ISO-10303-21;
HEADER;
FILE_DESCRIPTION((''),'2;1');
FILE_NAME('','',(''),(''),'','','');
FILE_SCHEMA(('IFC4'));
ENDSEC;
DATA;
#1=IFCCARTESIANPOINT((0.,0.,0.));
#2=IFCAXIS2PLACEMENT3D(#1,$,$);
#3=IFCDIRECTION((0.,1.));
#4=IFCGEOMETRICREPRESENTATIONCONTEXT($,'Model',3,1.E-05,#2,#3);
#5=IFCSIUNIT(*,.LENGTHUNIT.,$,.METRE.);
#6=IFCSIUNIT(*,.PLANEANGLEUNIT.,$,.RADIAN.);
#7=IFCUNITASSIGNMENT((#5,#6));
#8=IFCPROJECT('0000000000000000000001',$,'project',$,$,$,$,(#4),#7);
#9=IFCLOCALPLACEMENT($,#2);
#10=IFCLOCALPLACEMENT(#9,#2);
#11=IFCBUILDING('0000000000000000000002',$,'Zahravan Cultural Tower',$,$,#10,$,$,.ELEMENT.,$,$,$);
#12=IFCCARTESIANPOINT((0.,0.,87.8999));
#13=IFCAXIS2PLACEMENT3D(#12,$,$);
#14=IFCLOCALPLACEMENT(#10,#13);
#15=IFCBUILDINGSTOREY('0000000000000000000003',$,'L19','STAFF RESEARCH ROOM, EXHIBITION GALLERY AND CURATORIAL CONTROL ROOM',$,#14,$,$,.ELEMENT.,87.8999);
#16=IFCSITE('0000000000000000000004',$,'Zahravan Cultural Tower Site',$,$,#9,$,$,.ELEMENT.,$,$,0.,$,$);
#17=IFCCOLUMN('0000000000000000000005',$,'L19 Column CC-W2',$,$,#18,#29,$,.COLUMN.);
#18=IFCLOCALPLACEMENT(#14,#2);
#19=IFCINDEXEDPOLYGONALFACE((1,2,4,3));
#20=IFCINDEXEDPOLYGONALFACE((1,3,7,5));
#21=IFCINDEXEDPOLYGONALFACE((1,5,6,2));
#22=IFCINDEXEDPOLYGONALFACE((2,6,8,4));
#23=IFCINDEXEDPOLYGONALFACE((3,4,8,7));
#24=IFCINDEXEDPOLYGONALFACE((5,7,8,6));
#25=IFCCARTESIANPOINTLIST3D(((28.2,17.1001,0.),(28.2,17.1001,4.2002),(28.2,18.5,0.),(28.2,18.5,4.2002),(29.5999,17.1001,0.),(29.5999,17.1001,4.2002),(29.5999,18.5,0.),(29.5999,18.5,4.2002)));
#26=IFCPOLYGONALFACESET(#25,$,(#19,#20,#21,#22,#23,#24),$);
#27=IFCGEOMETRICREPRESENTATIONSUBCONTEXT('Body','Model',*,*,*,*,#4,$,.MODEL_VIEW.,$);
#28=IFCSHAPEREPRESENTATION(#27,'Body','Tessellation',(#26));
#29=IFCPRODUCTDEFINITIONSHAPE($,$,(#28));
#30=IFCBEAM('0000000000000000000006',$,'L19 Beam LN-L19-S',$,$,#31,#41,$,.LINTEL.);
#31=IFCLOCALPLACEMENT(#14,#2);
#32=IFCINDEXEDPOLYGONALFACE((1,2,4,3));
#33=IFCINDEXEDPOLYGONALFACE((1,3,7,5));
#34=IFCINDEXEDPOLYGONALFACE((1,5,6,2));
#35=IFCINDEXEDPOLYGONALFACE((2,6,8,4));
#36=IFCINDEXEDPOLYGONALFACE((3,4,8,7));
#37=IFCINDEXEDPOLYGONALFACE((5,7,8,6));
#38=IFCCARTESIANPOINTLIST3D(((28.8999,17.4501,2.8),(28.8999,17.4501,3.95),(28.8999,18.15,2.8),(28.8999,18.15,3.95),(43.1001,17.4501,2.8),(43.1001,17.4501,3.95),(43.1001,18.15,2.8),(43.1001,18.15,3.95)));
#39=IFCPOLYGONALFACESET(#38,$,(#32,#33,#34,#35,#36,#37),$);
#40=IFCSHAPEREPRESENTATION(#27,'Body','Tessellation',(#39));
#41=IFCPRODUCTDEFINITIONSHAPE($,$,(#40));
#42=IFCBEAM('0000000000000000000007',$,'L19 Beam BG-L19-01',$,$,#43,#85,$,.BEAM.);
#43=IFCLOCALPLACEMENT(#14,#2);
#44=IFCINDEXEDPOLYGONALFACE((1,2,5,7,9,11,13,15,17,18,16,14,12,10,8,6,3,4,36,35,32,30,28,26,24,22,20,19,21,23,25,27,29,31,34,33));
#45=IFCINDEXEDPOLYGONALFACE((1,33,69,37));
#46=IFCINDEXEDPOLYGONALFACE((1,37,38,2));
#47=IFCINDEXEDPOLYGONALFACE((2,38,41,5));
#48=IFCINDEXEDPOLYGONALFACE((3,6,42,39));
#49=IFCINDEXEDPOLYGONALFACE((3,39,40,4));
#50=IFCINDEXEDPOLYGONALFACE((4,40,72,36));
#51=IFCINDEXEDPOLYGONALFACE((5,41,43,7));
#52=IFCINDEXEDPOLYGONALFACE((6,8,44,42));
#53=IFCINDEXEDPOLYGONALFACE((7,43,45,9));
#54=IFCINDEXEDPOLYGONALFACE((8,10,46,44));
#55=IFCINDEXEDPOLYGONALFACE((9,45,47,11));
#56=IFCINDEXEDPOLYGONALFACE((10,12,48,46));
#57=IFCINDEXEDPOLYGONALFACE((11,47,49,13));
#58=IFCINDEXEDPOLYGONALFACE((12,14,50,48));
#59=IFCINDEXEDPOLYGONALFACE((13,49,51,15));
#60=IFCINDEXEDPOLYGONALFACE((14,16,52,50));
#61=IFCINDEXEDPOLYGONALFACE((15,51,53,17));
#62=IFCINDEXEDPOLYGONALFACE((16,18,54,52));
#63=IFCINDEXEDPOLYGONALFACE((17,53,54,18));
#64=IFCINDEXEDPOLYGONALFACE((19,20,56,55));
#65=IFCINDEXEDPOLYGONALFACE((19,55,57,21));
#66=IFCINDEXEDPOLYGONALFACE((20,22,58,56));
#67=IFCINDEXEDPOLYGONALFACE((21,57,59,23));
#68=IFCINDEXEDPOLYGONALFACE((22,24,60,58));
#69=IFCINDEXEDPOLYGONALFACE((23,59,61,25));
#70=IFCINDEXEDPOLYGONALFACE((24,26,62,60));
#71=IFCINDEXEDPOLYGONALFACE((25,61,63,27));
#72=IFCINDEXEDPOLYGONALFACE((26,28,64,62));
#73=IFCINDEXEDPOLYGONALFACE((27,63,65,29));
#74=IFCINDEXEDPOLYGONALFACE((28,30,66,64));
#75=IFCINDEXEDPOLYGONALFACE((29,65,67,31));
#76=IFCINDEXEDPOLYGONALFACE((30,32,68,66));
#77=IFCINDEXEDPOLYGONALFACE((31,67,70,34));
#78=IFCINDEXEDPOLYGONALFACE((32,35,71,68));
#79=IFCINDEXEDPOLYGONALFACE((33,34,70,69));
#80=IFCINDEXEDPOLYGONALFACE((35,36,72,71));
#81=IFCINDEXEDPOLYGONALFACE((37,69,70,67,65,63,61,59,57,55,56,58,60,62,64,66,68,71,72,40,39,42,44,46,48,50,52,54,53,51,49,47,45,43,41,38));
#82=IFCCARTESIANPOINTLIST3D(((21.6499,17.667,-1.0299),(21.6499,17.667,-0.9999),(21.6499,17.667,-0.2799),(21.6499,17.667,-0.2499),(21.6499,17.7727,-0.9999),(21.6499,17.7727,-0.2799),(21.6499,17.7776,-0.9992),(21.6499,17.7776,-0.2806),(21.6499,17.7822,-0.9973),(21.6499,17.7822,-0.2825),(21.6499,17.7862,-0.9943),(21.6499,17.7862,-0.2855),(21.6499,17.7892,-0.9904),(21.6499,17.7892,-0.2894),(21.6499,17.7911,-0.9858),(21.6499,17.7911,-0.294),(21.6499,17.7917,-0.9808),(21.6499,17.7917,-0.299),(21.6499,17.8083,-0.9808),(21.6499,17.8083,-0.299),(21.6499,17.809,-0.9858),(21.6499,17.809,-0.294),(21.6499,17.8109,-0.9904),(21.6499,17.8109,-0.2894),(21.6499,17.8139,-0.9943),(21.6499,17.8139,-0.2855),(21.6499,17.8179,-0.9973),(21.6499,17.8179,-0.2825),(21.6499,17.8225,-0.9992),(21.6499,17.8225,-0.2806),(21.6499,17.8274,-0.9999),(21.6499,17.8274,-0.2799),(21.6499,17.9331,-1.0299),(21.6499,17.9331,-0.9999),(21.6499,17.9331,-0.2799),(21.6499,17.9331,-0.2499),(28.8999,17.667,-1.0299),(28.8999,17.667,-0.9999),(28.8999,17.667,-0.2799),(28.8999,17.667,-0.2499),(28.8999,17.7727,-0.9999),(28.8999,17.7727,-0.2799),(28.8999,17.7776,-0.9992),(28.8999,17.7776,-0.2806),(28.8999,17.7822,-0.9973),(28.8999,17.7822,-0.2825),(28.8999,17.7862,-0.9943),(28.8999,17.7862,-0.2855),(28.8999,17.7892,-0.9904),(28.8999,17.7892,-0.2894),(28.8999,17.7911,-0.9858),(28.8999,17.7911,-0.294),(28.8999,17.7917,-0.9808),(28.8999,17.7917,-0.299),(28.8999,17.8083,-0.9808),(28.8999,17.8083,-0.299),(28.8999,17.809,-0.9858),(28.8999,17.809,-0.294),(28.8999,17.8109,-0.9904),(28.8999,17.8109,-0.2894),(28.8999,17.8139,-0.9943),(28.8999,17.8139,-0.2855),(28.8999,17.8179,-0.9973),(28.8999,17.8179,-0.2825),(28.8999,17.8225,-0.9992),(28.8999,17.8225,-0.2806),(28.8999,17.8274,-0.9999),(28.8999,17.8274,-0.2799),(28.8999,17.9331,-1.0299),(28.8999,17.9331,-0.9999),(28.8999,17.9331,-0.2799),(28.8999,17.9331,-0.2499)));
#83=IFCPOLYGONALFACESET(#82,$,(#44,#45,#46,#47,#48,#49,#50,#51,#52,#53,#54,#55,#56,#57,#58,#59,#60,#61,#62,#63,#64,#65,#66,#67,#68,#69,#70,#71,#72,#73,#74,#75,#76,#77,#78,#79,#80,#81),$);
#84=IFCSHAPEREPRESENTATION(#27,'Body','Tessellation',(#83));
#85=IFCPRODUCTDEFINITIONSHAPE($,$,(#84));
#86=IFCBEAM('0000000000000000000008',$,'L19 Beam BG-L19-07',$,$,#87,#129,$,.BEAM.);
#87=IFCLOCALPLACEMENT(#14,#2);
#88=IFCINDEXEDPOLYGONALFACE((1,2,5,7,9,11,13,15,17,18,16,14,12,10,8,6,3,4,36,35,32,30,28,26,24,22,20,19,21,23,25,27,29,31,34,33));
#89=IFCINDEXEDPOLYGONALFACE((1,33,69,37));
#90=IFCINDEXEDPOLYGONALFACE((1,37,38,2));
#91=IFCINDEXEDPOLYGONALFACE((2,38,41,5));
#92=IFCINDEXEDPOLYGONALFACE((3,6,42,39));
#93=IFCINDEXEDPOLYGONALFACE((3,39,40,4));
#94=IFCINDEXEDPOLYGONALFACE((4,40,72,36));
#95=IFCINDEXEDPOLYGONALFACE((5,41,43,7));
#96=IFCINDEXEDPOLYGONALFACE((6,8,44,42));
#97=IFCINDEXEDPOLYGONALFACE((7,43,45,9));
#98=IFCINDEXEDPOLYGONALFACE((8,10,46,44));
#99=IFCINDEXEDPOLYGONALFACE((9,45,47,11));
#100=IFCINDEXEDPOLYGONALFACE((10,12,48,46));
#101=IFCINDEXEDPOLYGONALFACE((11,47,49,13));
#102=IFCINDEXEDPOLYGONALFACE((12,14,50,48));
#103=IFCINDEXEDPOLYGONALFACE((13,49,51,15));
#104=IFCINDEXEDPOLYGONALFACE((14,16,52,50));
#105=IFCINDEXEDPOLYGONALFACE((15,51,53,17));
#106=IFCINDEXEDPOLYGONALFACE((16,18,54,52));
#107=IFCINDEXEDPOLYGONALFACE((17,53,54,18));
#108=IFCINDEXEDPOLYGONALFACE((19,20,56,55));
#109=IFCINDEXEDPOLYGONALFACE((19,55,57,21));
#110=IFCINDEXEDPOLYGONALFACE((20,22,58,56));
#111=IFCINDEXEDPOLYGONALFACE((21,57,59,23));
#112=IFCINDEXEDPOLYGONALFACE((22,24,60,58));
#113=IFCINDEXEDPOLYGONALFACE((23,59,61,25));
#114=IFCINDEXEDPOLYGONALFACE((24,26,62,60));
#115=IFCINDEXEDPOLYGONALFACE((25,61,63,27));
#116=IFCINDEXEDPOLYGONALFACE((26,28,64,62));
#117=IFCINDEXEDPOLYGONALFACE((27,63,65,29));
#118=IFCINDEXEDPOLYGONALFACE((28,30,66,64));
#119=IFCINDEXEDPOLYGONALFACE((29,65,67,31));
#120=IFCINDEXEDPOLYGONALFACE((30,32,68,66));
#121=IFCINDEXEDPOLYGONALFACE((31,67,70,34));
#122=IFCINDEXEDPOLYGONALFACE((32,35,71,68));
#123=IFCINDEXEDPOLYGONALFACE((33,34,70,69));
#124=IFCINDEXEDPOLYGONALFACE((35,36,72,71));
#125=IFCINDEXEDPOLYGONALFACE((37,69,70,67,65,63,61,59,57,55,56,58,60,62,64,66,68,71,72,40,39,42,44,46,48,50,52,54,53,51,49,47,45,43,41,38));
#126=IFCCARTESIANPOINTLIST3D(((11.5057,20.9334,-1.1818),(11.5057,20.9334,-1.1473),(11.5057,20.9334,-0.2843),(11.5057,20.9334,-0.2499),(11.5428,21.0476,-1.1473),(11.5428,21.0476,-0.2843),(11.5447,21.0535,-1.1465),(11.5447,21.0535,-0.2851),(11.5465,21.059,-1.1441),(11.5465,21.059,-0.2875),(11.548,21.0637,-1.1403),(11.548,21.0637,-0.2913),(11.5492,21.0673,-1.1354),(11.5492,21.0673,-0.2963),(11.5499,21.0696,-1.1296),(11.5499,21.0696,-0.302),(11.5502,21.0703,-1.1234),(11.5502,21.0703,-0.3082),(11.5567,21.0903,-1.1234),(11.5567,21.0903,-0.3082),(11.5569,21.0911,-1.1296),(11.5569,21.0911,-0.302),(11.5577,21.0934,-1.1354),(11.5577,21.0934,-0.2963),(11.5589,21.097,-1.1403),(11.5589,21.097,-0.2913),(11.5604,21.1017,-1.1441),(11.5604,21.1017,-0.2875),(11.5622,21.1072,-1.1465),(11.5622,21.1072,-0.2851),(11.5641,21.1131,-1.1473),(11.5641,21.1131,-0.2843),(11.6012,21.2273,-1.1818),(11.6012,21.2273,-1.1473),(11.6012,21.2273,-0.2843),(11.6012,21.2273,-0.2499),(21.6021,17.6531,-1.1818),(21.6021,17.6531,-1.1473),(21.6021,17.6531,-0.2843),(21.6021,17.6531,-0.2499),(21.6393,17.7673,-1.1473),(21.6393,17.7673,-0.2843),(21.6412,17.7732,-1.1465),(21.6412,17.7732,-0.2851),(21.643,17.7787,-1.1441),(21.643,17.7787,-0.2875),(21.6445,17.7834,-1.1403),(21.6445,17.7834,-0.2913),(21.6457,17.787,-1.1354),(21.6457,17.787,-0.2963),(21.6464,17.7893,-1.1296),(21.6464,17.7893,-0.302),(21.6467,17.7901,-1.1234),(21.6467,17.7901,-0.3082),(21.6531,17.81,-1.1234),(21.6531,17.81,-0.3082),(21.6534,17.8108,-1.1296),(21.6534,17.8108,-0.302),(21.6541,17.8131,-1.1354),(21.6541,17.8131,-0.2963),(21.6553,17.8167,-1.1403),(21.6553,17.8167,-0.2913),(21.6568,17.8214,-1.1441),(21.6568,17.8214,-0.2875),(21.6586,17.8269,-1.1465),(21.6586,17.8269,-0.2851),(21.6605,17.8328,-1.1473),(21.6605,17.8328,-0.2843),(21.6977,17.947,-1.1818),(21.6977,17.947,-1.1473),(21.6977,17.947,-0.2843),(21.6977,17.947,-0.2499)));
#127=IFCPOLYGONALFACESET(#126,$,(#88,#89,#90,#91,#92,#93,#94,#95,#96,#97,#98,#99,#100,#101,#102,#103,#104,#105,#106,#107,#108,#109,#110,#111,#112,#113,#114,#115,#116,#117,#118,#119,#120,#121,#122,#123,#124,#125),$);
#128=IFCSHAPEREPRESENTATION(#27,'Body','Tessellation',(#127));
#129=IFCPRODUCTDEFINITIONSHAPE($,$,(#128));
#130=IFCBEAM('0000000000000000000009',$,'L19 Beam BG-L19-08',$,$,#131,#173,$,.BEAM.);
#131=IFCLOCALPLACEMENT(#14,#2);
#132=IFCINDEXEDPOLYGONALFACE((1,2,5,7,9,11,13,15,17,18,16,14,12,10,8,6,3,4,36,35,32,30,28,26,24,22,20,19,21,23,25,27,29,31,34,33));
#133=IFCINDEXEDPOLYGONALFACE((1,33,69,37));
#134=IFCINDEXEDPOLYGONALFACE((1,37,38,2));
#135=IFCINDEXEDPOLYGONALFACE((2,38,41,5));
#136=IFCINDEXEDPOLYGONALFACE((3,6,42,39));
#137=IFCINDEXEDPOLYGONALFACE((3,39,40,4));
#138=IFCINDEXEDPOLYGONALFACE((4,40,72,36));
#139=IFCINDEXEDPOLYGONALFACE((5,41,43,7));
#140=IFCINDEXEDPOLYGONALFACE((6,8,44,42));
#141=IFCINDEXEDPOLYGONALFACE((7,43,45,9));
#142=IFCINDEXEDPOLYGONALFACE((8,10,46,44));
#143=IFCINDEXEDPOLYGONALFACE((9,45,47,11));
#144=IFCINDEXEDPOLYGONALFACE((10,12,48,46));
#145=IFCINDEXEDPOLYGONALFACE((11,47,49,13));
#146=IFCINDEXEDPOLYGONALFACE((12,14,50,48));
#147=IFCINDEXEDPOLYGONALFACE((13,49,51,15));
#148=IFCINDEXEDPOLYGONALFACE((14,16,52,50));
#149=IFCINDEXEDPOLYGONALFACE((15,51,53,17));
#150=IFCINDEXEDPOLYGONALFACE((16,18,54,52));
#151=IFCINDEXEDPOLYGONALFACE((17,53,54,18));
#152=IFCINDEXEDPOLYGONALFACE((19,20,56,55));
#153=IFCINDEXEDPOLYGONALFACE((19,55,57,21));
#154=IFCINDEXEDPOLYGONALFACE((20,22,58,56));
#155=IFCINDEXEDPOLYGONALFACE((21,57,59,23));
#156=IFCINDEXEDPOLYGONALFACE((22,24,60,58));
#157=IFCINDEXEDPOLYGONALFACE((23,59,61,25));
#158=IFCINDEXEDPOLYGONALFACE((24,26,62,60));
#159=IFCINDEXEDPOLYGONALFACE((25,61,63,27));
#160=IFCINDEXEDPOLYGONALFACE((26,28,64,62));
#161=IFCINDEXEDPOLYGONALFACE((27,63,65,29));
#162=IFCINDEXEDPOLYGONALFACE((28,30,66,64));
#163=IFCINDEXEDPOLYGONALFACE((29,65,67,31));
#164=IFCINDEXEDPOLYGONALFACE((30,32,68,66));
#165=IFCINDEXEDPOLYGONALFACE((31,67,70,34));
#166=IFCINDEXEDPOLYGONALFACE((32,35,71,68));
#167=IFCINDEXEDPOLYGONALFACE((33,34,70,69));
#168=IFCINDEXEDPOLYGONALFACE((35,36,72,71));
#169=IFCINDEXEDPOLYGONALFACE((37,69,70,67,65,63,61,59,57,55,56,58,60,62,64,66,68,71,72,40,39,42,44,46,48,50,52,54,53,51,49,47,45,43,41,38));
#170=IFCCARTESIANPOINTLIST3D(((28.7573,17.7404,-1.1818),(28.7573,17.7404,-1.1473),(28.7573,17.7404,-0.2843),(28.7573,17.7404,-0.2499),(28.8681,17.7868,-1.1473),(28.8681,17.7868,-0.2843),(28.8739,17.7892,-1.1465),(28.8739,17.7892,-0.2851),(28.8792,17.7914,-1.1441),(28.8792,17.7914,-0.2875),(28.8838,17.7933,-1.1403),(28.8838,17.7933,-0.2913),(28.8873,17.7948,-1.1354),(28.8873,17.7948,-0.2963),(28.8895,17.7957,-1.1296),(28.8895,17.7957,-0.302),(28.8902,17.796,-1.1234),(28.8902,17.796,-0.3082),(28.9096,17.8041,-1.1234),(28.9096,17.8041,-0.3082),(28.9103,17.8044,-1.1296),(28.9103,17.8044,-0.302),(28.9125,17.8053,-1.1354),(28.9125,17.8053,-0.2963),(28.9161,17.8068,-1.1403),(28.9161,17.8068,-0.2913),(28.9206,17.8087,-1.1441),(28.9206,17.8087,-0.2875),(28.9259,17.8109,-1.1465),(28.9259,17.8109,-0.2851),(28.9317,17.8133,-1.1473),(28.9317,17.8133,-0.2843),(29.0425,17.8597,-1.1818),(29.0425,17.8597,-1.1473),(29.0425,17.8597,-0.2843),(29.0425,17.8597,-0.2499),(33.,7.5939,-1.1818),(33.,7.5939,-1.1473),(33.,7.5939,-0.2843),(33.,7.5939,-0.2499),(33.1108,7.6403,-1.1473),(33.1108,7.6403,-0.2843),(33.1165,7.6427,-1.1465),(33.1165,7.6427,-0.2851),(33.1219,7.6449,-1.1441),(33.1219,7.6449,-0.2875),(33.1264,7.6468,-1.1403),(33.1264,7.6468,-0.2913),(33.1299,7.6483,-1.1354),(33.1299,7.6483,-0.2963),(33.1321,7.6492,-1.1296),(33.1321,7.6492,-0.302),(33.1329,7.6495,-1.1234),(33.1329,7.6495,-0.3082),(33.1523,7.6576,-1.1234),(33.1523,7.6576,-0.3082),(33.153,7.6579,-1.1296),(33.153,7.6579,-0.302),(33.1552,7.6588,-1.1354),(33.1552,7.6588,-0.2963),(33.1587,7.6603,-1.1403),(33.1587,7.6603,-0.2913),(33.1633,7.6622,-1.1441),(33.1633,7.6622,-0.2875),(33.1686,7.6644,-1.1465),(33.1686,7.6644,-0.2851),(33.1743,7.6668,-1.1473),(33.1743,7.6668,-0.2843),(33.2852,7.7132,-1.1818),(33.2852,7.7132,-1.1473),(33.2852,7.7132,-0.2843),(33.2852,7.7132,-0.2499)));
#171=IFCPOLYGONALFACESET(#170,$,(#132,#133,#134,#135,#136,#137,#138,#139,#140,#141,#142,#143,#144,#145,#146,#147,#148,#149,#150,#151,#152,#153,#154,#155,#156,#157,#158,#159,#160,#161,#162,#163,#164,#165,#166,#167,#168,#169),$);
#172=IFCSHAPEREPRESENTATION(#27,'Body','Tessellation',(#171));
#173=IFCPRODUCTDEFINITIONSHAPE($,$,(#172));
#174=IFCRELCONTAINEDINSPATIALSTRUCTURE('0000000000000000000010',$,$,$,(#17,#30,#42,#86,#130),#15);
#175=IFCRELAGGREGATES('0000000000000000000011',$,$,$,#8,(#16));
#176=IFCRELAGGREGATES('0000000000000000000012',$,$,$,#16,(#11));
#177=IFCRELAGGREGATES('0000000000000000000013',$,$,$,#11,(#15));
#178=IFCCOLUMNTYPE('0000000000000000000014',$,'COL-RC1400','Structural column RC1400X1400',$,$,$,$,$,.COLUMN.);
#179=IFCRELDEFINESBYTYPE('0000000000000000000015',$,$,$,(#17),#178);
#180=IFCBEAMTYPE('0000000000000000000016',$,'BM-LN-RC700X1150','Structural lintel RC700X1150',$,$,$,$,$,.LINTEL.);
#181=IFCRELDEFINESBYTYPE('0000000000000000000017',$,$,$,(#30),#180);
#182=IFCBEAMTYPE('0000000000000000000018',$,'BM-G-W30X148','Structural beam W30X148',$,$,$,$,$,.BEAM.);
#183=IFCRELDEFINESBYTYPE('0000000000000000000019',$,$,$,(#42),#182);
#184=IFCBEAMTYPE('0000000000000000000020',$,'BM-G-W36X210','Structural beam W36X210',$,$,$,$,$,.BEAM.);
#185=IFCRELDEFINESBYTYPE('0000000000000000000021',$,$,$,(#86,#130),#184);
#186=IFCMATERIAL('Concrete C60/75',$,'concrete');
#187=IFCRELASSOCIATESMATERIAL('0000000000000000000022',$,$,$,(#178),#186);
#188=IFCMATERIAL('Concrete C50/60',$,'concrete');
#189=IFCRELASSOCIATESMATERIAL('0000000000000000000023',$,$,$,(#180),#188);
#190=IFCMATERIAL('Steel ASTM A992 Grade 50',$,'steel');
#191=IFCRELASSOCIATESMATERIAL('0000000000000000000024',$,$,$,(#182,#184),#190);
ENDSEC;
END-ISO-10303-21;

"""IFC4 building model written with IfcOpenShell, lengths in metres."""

from ifc_helpers import new_model, si_unit, direction, frame, origin, origin_2d, place, context, subcontext, project, spatial, rectangle, i_section, extrude, source, transform, mapped, material, material_profile, profile_set, type_object, element, save


model = new_model("IFC4")

# Units and contexts
model_context = context("Model", 3, precision=1e-05, world=origin(), true_north=direction((0.0, 1.0)))
body_context = subcontext(model_context, "Body", "Model", "MODEL_VIEW")
ifc_project = project(units=[si_unit("LENGTHUNIT", "METRE"), si_unit("PLANEANGLEUNIT", "RADIAN")], contexts=[model_context])

# Site, building, storey
site_placement = place(None, origin())
site = spatial("IfcSite", under=ifc_project, at=site_placement, Name="Zahravan Cultural Tower Site", CompositionType="ELEMENT", RefElevation=0.0)
building_placement = place(site_placement, origin())
building = spatial("IfcBuilding", under=site, at=building_placement, Name="Zahravan Cultural Tower", CompositionType="ELEMENT")
storey_placement = place(building_placement, frame((0.0, 0.0, 87.8999)))
storey = spatial("IfcBuildingStorey", under=building, at=storey_placement, Name="L19", Description="STAFF RESEARCH ROOM, EXHIBITION GALLERY AND CURATORIAL CONTROL ROOM", CompositionType="ELEMENT", Elevation=87.8999)

# Column
ifc_material_1 = material(Name="Concrete C60/75", Category="concrete")
ifc_material_profile_1 = material_profile(ifc_material_1, rectangle(XDim=1.3999, YDim=1.3999, at=origin_2d()), Name="RC1400X1400")
ifc_profile_set_1 = profile_set([ifc_material_profile_1], Name="Concrete C60/75")
column_type = type_object("IfcColumnType", Name="COL-RC1400", Description="Structural column RC1400X1400", PredefinedType="COLUMN", material=ifc_profile_set_1)
shared_shape_1 = source(origin(), body_context, "Body", "SweptSolid", [
    extrude(rectangle(XDim=1.3999, YDim=1.3999, at=origin_2d()), origin(), (0.0, 0.0, 1.0), 4.2002),
])
column_placement = place(storey_placement, frame((28.8999, 17.8, 0.0), z_axis=(0.0, 0.0, 1.0), x_axis=(1.0, 0.0, 0.0)))
element("IfcColumn", 1, at=column_placement, inside=storey, type_object=column_type, Name="L19 Column CC-W2", PredefinedType="COLUMN", context=body_context, shape_type="MappedRepresentation", body=[
    mapped(shared_shape_1, transform((0.0, 0.0, 0.0), x_axis=(1.0, 0.0, 0.0), y_axis=(0.0, 1.0, 0.0), z_axis=(0.0, 0.0, 1.0), scale=1.0)),
])

# Beams
ifc_material_2 = material(Name="Concrete C50/60", Category="concrete")
ifc_material_profile_2 = material_profile(ifc_material_2, rectangle(XDim=0.7, YDim=1.1499, at=origin_2d()), Name="RC700X1150")
ifc_profile_set_2 = profile_set([ifc_material_profile_2], Name="Concrete C50/60")
beam_type_1 = type_object("IfcBeamType", Name="BM-LN-RC700X1150", Description="Structural lintel RC700X1150", PredefinedType="LINTEL", material=ifc_profile_set_2)
shared_shape_2 = source(origin(), body_context, "Body", "SweptSolid", [
    extrude(rectangle(XDim=0.7, YDim=1.1499, at=origin_2d()), origin(), (0.0, 0.0, 1.0), 14.2002),
])
beam_1_placement = place(storey_placement, frame((28.8999, 17.8, 3.375), z_axis=(1.0, 0.0, 0.0), x_axis=(0.0, 1.0, 0.0)))
element("IfcBeam", 2, at=beam_1_placement, inside=storey, type_object=beam_type_1, Name="L19 Beam LN-L19-S", PredefinedType="LINTEL", context=body_context, shape_type="MappedRepresentation", body=[
    mapped(shared_shape_2, transform((0.0, 0.0, 0.0), x_axis=(1.0, 0.0, 0.0), y_axis=(0.0, 1.0, 0.0), z_axis=(0.0, 0.0, 1.0), scale=1.0)),
])
ifc_material_3 = material(Name="Steel ASTM A992 Grade 50", Category="steel")
ifc_material_profile_3 = material_profile(ifc_material_3, i_section(OverallWidth=0.2661, OverallDepth=0.78, WebThickness=0.0166, FlangeThickness=0.03, FilletRadius=0.019, at=origin_2d()), Name="W30X148")
ifc_profile_set_3 = profile_set([ifc_material_profile_3], Name="Steel ASTM A992 Grade 50")
beam_type_2 = type_object("IfcBeamType", Name="BM-G-W30X148", Description="Structural beam W30X148", PredefinedType="BEAM", material=ifc_profile_set_3)
shared_shape_3 = source(origin(), body_context, "Body", "SweptSolid", [
    extrude(i_section(OverallWidth=0.2661, OverallDepth=0.78, WebThickness=0.0166, FlangeThickness=0.03, FilletRadius=0.019, at=origin_2d()), origin(), (0.0, 0.0, 1.0), 7.25),
])
beam_2_placement = place(storey_placement, frame((21.6499, 17.8, -0.6399), z_axis=(1.0, 0.0, 0.0), x_axis=(0.0, 1.0, 0.0)))
element("IfcBeam", 3, at=beam_2_placement, inside=storey, type_object=beam_type_2, Name="L19 Beam BG-L19-01", PredefinedType="BEAM", context=body_context, shape_type="MappedRepresentation", body=[
    mapped(shared_shape_3, transform((0.0, 0.0, 0.0), x_axis=(1.0, 0.0, 0.0), y_axis=(0.0, 1.0, 0.0), z_axis=(0.0, 0.0, 1.0), scale=1.0)),
])
ifc_material_profile_4 = material_profile(ifc_material_3, i_section(OverallWidth=0.3091, OverallDepth=0.9319, WebThickness=0.021, FlangeThickness=0.0344, FilletRadius=0.0239, at=origin_2d()), Name="W36X210")
ifc_profile_set_4 = profile_set([ifc_material_profile_4], Name="Steel ASTM A992 Grade 50")
beam_type_3 = type_object("IfcBeamType", Name="BM-G-W36X210", Description="Structural beam W36X210", PredefinedType="BEAM", material=ifc_profile_set_4)
shared_shape_4 = source(origin(), body_context, "Body", "SweptSolid", [
    extrude(i_section(OverallWidth=0.3091, OverallDepth=0.9319, WebThickness=0.021, FlangeThickness=0.0344, FilletRadius=0.0239, at=origin_2d()), origin(), (0.0, 0.0, 1.0), 10.616),
])
beam_3_placement = place(storey_placement, frame((21.6499, 17.8, -0.7158), z_axis=(-0.951064, 0.308995, 0.0), x_axis=(-0.308995, -0.951064, 0.0)))
element("IfcBeam", 4, at=beam_3_placement, inside=storey, type_object=beam_type_3, Name="L19 Beam BG-L19-07", PredefinedType="BEAM", context=body_context, shape_type="MappedRepresentation", body=[
    mapped(shared_shape_4, transform((0.0, 0.0, 0.0), x_axis=(1.0, 0.0, 0.0), y_axis=(0.0, 1.0, 0.0), z_axis=(0.0, 0.0, 1.0), scale=1.0)),
])
shared_shape_5 = source(origin(), body_context, "Body", "SweptSolid", [
    extrude(i_section(OverallWidth=0.3091, OverallDepth=0.9319, WebThickness=0.021, FlangeThickness=0.0344, FilletRadius=0.0239, at=origin_2d()), origin(), (0.0, 0.0, 1.0), 10.9978),
])
beam_4_placement = place(storey_placement, frame((28.8999, 17.8, -0.7158), z_axis=(0.385775, -0.922593, 0.0), x_axis=(0.922593, 0.385775, 0.0)))
element("IfcBeam", 5, at=beam_4_placement, inside=storey, type_object=beam_type_3, Name="L19 Beam BG-L19-08", PredefinedType="BEAM", context=body_context, shape_type="MappedRepresentation", body=[
    mapped(shared_shape_5, transform((0.0, 0.0, 0.0), x_axis=(1.0, 0.0, 0.0), y_axis=(0.0, 1.0, 0.0), z_axis=(0.0, 0.0, 1.0), scale=1.0)),
])

save(model, "model.ifc")
